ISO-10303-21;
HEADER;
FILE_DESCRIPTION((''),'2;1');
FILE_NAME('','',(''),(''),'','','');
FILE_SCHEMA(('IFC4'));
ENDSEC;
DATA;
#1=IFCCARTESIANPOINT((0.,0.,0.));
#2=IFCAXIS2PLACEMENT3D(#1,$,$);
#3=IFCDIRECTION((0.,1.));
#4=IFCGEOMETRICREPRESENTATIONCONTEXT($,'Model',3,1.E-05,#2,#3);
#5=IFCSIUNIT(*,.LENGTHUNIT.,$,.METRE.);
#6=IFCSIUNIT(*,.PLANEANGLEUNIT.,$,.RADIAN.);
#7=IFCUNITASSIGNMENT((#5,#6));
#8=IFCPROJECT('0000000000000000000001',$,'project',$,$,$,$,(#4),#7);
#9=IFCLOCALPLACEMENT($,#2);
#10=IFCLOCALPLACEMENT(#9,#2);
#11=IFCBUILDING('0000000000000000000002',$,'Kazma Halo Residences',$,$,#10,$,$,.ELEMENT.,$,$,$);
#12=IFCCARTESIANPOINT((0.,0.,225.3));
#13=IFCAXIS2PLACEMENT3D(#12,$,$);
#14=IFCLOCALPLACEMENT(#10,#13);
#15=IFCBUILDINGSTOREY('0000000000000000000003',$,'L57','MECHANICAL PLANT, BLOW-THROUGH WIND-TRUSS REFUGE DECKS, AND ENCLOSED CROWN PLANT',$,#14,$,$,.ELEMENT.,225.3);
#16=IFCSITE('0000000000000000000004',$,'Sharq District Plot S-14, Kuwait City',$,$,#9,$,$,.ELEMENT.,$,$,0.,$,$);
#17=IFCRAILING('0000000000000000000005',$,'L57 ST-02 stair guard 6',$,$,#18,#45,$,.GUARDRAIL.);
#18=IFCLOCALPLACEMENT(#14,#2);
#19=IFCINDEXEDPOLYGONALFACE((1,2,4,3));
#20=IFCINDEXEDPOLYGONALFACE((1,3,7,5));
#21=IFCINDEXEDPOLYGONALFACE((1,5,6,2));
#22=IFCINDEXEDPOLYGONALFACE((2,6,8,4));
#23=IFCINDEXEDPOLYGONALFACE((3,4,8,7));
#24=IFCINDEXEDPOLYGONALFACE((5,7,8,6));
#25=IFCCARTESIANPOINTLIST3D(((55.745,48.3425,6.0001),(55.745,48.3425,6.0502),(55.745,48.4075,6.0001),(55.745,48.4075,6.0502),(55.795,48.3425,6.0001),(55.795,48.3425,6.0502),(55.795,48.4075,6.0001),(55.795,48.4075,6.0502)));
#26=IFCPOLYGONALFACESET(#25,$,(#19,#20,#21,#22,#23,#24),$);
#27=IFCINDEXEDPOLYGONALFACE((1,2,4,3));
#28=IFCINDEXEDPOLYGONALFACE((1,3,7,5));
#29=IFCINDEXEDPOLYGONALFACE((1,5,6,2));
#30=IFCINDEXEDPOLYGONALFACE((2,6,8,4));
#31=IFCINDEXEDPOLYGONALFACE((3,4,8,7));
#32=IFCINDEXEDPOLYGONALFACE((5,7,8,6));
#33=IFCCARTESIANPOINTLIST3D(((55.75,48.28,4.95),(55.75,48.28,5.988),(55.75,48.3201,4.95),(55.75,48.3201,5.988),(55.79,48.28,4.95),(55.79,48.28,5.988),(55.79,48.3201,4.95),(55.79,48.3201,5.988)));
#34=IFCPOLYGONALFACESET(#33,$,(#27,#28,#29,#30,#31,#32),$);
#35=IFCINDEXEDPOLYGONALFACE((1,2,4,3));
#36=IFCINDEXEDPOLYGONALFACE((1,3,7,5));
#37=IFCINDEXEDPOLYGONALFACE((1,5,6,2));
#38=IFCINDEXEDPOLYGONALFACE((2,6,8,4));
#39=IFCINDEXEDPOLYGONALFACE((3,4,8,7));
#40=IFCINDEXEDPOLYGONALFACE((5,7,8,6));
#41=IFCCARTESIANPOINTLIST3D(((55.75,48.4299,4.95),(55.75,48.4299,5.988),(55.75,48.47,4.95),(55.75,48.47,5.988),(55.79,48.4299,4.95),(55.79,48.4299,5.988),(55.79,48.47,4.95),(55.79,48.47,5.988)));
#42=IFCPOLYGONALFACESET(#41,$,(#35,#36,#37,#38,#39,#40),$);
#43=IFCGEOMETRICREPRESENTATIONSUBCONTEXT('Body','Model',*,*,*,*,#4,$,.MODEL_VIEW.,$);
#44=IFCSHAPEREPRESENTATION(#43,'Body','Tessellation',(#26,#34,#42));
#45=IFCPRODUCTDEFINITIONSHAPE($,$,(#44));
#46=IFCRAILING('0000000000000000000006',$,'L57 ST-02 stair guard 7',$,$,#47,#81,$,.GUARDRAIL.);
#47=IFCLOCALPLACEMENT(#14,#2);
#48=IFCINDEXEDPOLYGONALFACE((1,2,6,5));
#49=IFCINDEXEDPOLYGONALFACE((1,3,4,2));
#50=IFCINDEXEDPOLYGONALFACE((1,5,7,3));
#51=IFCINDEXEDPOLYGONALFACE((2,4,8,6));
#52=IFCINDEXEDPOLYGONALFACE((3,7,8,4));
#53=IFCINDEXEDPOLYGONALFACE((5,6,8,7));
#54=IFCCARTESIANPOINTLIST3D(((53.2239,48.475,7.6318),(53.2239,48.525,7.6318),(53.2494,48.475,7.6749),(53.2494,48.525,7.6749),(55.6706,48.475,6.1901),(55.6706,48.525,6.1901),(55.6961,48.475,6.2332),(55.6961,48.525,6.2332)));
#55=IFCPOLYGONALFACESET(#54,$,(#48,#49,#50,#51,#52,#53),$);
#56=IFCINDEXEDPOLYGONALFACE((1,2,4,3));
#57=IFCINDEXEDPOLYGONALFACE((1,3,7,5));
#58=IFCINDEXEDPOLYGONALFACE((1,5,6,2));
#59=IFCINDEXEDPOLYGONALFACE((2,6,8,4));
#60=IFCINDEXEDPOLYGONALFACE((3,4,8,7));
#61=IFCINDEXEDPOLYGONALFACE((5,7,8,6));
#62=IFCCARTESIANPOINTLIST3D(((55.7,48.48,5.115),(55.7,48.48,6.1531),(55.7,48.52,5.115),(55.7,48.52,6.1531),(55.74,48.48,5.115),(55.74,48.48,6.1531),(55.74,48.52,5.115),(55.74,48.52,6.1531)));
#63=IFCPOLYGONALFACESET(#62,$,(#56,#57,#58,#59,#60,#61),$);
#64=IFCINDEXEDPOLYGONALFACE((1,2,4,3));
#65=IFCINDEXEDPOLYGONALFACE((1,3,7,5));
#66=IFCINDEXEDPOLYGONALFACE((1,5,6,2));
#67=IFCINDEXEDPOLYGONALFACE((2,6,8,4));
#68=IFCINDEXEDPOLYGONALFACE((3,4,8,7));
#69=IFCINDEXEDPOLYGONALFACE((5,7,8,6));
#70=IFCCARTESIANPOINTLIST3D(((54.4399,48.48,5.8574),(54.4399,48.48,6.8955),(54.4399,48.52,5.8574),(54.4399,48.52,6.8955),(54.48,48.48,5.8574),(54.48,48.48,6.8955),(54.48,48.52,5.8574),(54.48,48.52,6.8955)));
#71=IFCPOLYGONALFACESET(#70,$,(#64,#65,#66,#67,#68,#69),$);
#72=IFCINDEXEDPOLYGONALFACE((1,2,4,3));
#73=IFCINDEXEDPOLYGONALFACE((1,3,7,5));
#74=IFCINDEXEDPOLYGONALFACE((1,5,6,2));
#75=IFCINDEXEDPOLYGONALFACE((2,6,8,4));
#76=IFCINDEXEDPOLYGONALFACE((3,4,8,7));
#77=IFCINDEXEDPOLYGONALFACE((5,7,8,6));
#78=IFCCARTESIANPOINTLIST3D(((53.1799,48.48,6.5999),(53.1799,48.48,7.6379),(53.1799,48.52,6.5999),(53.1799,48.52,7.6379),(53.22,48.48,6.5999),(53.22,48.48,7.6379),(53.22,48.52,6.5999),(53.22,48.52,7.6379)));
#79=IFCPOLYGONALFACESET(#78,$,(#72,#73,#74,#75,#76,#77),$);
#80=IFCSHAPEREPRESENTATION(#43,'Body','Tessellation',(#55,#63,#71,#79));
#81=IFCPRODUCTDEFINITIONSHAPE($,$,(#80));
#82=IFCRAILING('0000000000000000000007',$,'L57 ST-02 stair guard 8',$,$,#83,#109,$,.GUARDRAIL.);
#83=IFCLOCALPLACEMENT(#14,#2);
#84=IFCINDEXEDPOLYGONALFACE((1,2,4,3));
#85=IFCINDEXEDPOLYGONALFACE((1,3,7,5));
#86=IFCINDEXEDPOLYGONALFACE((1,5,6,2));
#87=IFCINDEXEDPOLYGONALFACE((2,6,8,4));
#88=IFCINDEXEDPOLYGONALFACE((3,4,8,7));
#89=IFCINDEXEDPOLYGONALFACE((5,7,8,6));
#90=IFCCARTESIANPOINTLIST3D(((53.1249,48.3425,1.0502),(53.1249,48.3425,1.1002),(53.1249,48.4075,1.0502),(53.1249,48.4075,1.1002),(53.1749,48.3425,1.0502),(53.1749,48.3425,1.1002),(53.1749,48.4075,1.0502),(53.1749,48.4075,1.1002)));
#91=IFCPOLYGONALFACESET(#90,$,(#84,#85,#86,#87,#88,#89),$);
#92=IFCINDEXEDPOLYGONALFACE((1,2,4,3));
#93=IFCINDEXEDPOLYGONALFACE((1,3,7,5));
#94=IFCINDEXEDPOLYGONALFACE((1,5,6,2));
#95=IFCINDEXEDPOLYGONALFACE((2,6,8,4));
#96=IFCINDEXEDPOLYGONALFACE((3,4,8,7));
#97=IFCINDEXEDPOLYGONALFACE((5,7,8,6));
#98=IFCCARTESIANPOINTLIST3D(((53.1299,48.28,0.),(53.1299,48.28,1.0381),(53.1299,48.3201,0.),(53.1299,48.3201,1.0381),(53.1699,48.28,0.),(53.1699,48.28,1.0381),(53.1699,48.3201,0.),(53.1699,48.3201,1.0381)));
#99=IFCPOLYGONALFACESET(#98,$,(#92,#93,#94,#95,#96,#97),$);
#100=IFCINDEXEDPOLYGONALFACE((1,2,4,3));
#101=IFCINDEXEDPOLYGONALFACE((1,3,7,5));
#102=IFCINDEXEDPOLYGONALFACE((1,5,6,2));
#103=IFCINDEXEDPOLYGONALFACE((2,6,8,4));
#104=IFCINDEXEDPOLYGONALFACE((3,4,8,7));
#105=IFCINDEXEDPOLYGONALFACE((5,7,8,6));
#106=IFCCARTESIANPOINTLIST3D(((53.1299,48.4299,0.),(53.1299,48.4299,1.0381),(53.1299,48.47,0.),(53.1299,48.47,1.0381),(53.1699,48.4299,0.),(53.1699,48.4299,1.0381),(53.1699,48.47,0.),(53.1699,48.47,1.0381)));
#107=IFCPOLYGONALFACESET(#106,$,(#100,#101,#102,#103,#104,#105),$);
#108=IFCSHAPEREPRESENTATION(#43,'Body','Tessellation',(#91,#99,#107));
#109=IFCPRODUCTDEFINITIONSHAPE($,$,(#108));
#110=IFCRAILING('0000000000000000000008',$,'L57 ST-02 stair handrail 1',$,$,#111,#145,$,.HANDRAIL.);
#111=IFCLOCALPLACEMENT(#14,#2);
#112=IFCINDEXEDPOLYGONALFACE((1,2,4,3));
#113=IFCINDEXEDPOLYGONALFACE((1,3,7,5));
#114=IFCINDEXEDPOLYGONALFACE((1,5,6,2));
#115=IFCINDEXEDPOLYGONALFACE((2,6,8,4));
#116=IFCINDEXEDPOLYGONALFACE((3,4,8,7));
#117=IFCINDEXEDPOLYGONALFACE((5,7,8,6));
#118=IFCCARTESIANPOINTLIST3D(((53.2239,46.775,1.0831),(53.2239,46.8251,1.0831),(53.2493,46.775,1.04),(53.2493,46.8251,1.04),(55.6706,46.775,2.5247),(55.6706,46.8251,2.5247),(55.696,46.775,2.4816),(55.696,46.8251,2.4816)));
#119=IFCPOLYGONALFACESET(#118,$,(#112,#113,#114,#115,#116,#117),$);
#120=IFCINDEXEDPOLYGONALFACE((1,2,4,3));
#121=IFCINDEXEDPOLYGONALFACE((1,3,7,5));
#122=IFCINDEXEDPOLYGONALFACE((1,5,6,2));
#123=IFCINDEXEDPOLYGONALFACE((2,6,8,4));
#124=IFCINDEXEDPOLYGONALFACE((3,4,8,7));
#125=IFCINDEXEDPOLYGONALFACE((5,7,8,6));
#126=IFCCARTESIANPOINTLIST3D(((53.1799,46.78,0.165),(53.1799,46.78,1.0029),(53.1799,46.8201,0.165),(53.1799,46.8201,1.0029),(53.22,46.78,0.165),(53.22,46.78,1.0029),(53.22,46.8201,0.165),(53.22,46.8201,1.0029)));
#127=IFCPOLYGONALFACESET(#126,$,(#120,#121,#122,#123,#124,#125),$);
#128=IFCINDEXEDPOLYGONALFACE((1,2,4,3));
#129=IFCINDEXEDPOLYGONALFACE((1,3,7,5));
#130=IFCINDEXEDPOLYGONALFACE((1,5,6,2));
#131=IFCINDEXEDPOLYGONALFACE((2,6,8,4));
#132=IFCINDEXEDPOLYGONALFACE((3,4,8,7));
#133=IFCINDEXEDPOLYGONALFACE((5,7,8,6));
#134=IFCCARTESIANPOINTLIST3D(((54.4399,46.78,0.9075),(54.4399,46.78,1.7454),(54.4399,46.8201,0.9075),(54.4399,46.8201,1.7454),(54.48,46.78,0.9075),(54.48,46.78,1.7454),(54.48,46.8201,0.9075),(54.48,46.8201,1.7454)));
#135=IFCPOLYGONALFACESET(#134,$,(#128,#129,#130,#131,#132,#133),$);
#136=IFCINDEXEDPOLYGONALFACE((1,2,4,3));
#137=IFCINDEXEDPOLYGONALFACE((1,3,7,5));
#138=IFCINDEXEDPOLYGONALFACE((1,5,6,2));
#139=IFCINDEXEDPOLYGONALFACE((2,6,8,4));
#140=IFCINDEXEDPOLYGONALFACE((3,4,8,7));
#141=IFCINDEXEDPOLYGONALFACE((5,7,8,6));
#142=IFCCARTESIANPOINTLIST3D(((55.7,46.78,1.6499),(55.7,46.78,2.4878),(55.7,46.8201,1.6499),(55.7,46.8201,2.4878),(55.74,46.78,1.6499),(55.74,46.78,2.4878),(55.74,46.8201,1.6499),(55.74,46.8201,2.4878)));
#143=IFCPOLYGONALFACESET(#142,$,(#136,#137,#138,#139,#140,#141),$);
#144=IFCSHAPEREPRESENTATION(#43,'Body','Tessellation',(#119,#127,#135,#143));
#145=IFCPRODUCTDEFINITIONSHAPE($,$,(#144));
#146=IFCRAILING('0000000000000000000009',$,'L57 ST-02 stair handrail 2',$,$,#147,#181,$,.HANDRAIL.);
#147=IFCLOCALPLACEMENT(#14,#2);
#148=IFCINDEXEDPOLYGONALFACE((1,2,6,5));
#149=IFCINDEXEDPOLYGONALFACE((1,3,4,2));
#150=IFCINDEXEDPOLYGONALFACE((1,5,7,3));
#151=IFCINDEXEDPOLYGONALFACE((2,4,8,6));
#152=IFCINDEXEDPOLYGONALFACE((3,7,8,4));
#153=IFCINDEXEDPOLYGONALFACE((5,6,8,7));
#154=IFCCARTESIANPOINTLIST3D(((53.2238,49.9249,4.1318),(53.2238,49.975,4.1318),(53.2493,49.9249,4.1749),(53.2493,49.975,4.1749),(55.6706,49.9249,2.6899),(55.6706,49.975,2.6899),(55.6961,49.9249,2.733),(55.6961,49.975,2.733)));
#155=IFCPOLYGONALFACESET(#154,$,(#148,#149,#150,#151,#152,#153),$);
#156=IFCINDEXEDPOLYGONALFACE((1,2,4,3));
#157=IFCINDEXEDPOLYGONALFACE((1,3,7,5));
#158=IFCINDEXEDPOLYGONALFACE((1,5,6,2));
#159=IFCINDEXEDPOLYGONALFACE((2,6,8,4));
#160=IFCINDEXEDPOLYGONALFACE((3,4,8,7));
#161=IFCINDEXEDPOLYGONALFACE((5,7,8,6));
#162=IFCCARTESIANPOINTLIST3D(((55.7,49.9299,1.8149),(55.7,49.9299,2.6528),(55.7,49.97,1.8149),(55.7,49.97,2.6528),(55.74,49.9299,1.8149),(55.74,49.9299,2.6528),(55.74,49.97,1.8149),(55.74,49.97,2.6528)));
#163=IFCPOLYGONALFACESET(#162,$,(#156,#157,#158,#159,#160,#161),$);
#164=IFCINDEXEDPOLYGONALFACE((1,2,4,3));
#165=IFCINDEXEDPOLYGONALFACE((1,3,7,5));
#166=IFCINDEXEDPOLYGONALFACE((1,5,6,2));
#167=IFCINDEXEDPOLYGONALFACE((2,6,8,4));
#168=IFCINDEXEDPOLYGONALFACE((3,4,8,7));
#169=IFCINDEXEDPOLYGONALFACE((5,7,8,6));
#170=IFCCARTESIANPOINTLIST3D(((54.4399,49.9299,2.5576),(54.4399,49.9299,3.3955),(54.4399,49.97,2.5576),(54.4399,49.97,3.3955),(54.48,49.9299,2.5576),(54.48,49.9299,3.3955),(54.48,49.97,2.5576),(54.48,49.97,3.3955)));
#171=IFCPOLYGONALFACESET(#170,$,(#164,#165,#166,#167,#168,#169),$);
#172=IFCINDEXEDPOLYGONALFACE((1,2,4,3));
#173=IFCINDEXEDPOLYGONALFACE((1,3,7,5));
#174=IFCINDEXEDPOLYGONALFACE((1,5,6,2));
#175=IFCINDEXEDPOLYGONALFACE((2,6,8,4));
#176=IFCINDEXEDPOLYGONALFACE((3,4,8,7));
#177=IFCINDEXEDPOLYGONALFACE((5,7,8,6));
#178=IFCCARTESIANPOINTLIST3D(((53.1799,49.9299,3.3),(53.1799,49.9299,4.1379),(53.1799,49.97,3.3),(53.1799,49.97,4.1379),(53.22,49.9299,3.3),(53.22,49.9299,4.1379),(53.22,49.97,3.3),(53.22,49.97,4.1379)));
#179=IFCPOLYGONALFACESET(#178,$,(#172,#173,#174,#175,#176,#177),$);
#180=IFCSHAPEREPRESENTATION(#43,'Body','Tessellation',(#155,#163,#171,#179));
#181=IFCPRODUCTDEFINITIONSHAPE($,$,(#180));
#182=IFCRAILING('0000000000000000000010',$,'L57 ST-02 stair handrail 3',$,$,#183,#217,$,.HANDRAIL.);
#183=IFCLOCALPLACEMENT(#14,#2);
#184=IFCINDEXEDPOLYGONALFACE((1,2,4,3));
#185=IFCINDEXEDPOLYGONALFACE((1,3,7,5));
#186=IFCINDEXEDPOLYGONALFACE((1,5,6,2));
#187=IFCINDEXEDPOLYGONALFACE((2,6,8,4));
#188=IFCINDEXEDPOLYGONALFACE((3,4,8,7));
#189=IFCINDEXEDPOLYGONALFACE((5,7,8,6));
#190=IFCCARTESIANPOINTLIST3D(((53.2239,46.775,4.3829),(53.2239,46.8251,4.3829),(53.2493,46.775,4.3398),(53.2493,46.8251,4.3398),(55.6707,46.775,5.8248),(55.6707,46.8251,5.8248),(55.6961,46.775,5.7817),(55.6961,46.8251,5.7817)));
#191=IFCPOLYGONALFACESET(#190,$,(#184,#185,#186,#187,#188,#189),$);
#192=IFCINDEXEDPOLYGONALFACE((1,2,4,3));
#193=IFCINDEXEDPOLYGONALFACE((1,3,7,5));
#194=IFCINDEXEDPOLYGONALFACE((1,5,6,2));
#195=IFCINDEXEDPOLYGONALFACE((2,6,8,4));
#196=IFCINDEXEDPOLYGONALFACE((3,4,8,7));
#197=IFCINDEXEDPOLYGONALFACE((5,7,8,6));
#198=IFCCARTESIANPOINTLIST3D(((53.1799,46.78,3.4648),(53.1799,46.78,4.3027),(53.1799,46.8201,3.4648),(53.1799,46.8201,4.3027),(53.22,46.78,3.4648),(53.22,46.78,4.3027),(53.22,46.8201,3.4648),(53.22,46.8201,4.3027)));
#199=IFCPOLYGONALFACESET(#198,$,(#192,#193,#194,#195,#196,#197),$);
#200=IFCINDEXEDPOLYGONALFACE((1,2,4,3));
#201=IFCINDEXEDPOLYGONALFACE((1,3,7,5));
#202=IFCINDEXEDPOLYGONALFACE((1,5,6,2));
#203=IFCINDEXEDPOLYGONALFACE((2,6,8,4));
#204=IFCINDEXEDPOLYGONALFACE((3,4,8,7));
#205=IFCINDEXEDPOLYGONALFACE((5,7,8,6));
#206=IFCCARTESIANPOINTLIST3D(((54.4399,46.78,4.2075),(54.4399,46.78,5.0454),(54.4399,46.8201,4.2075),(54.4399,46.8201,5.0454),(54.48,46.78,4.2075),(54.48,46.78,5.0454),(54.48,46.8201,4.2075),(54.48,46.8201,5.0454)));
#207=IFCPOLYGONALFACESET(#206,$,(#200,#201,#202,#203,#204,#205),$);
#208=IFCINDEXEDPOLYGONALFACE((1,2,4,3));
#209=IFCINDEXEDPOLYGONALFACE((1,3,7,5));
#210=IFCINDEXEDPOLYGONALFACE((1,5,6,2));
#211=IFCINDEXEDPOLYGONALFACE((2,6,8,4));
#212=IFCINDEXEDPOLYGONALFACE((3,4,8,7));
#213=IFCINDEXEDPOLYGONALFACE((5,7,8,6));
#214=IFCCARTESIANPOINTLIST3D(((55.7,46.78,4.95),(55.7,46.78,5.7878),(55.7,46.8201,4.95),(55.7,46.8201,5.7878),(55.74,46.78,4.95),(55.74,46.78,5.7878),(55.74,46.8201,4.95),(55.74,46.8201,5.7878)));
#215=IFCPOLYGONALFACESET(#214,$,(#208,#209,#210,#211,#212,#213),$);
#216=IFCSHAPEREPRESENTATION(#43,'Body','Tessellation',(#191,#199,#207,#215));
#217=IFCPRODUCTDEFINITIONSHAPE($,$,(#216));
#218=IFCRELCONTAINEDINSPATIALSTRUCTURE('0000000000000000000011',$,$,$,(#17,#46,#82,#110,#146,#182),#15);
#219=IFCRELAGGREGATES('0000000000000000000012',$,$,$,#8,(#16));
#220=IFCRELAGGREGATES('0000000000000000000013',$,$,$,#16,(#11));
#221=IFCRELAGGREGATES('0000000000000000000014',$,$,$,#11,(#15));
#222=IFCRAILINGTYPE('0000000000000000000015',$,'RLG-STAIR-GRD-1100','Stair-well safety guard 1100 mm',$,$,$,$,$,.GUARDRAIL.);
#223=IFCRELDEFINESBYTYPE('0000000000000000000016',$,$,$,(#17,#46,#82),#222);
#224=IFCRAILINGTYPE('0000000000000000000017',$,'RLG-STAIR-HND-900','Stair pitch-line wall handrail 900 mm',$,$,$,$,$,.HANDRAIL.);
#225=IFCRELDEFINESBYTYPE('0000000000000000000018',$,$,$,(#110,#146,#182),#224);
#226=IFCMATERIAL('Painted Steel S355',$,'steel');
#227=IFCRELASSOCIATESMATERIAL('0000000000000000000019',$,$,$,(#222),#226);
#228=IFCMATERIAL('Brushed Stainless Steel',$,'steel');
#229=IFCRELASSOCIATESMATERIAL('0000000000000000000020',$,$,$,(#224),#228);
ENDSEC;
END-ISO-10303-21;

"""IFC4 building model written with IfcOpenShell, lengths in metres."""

from ifc_helpers import new_model, si_unit, direction, frame, origin, origin_2d, place, context, subcontext, project, spatial, rectangle, extrude, material, type_object, element, save


model = new_model("IFC4")

# Units and contexts
model_context = context("Model", 3, precision=1e-05, world=origin(), true_north=direction((0.0, 1.0)))
body_context = subcontext(model_context, "Body", "Model", "MODEL_VIEW")
ifc_project = project(units=[si_unit("LENGTHUNIT", "METRE"), si_unit("PLANEANGLEUNIT", "RADIAN")], contexts=[model_context])

# Site, building, storey
site_placement = place(None, origin())
site = spatial("IfcSite", under=ifc_project, at=site_placement, Name="Sharq District Plot S-14, Kuwait City", CompositionType="ELEMENT", RefElevation=0.0)
building_placement = place(site_placement, origin())
building = spatial("IfcBuilding", under=site, at=building_placement, Name="Kazma Halo Residences", CompositionType="ELEMENT")
storey_placement = place(building_placement, frame((0.0, 0.0, 225.3)))
storey = spatial("IfcBuildingStorey", under=building, at=storey_placement, Name="L57", Description="MECHANICAL PLANT, BLOW-THROUGH WIND-TRUSS REFUGE DECKS, AND ENCLOSED CROWN PLANT", CompositionType="ELEMENT", Elevation=225.3)

# Railings
ifc_material_1 = material(Name="Painted Steel S355", Category="steel")
railing_type_1 = type_object("IfcRailingType", Name="RLG-STAIR-GRD-1100", Description="Stair-well safety guard 1100 mm", PredefinedType="GUARDRAIL", material=ifc_material_1)
railing_1_placement = place(storey_placement, frame((55.77, 48.3, 4.95)))
element("IfcRailing", 1, at=railing_1_placement, inside=storey, type_object=railing_type_1, Name="L57 ST-02 stair guard 6", PredefinedType="GUARDRAIL", context=body_context, shape_type="SweptSolid", body=[
    extrude(rectangle(XDim=0.05, YDim=0.05, at=origin_2d()), frame((0.0, 0.0425, 1.0752), z_axis=(0.0, 1.0, 0.0), x_axis=(-1.0, 0.0, 0.0)), (0.0, 0.0, 1.0), 0.0649),
    extrude(rectangle(XDim=0.04, YDim=0.04, at=origin_2d()), origin(), (0.0, 0.0, 1.0), 1.0381),
    extrude(rectangle(XDim=0.04, YDim=0.04, at=origin_2d()), frame((0.0, 0.1499, 0.0)), (0.0, 0.0, 1.0), 1.0381),
])
railing_2_placement = place(storey_placement, frame((55.72, 48.5, 5.115)))
element("IfcRailing", 2, at=railing_2_placement, inside=storey, type_object=railing_type_1, Name="L57 ST-02 stair guard 7", PredefinedType="GUARDRAIL", context=body_context, shape_type="SweptSolid", body=[
    extrude(rectangle(XDim=0.05, YDim=0.05, at=origin_2d()), frame((-0.0366, 0.0, 1.0967), z_axis=(-0.861561, 0.0, 0.507655), x_axis=(0.0, -1.0, 0.0)), (0.0, 0.0, 1.0), 2.8398),
    extrude(rectangle(XDim=0.04, YDim=0.04, at=origin_2d()), origin(), (0.0, 0.0, 1.0), 1.0381),
    extrude(rectangle(XDim=0.04, YDim=0.04, at=origin_2d()), frame((-1.26, 0.0, 0.7424)), (0.0, 0.0, 1.0), 1.0381),
    extrude(rectangle(XDim=0.04, YDim=0.04, at=origin_2d()), frame((-2.52, 0.0, 1.4849)), (0.0, 0.0, 1.0), 1.0381),
])
railing_3_placement = place(storey_placement, frame((53.1499, 48.3, 0.0)))
element("IfcRailing", 3, at=railing_3_placement, inside=storey, type_object=railing_type_1, Name="L57 ST-02 stair guard 8", PredefinedType="GUARDRAIL", context=body_context, shape_type="SweptSolid", body=[
    extrude(rectangle(XDim=0.05, YDim=0.05, at=origin_2d()), frame((0.0, 0.0425, 1.0752), z_axis=(0.0, 1.0, 0.0), x_axis=(-1.0, 0.0, 0.0)), (0.0, 0.0, 1.0), 0.0649),
    extrude(rectangle(XDim=0.04, YDim=0.04, at=origin_2d()), origin(), (0.0, 0.0, 1.0), 1.0381),
    extrude(rectangle(XDim=0.04, YDim=0.04, at=origin_2d()), frame((0.0, 0.1499, 0.0)), (0.0, 0.0, 1.0), 1.0381),
])
ifc_material_2 = material(Name="Brushed Stainless Steel", Category="steel")
railing_type_2 = type_object("IfcRailingType", Name="RLG-STAIR-HND-900", Description="Stair pitch-line wall handrail 900 mm", PredefinedType="HANDRAIL", material=ifc_material_2)
railing_4_placement = place(storey_placement, frame((53.2, 46.8, 0.165)))
element("IfcRailing", 4, at=railing_4_placement, inside=storey, type_object=railing_type_2, Name="L57 ST-02 stair handrail 1", PredefinedType="HANDRAIL", context=body_context, shape_type="SweptSolid", body=[
    extrude(rectangle(XDim=0.05, YDim=0.05, at=origin_2d()), frame((0.0366, 0.0, 0.8965), z_axis=(0.861561, 0.0, 0.507655), x_axis=(0.0, 1.0, 0.0)), (0.0, 0.0, 1.0), 2.8398),
    extrude(rectangle(XDim=0.04, YDim=0.04, at=origin_2d()), origin(), (0.0, 0.0, 1.0), 0.8379),
    extrude(rectangle(XDim=0.04, YDim=0.04, at=origin_2d()), frame((1.26, 0.0, 0.7424)), (0.0, 0.0, 1.0), 0.8379),
    extrude(rectangle(XDim=0.04, YDim=0.04, at=origin_2d()), frame((2.52, 0.0, 1.4849)), (0.0, 0.0, 1.0), 0.8379),
])
railing_5_placement = place(storey_placement, frame((55.72, 49.95, 1.8149)))
element("IfcRailing", 5, at=railing_5_placement, inside=storey, type_object=railing_type_2, Name="L57 ST-02 stair handrail 2", PredefinedType="HANDRAIL", context=body_context, shape_type="SweptSolid", body=[
    extrude(rectangle(XDim=0.05, YDim=0.05, at=origin_2d()), frame((-0.0366, 0.0, 0.8965), z_axis=(-0.861524, 0.0, 0.507717), x_axis=(0.0, -1.0, 0.0)), (0.0, 0.0, 1.0), 2.8401),
    extrude(rectangle(XDim=0.04, YDim=0.04, at=origin_2d()), origin(), (0.0, 0.0, 1.0), 0.8379),
    extrude(rectangle(XDim=0.04, YDim=0.04, at=origin_2d()), frame((-1.26, 0.0, 0.7427)), (0.0, 0.0, 1.0), 0.8379),
    extrude(rectangle(XDim=0.04, YDim=0.04, at=origin_2d()), frame((-2.52, 0.0, 1.4851)), (0.0, 0.0, 1.0), 0.8379),
])
railing_6_placement = place(storey_placement, frame((53.2, 46.8, 3.4648)))
element("IfcRailing", 6, at=railing_6_placement, inside=storey, type_object=railing_type_2, Name="L57 ST-02 stair handrail 3", PredefinedType="HANDRAIL", context=body_context, shape_type="SweptSolid", body=[
    extrude(rectangle(XDim=0.05, YDim=0.05, at=origin_2d()), frame((0.0366, 0.0, 0.8965), z_axis=(0.861524, 0.0, 0.507717), x_axis=(0.0, 1.0, 0.0)), (0.0, 0.0, 1.0), 2.8401),
    extrude(rectangle(XDim=0.04, YDim=0.04, at=origin_2d()), origin(), (0.0, 0.0, 1.0), 0.8379),
    extrude(rectangle(XDim=0.04, YDim=0.04, at=origin_2d()), frame((1.26, 0.0, 0.7427)), (0.0, 0.0, 1.0), 0.8379),
    extrude(rectangle(XDim=0.04, YDim=0.04, at=origin_2d()), frame((2.52, 0.0, 1.4851)), (0.0, 0.0, 1.0), 0.8379),
])

save(model, "model.ifc")
